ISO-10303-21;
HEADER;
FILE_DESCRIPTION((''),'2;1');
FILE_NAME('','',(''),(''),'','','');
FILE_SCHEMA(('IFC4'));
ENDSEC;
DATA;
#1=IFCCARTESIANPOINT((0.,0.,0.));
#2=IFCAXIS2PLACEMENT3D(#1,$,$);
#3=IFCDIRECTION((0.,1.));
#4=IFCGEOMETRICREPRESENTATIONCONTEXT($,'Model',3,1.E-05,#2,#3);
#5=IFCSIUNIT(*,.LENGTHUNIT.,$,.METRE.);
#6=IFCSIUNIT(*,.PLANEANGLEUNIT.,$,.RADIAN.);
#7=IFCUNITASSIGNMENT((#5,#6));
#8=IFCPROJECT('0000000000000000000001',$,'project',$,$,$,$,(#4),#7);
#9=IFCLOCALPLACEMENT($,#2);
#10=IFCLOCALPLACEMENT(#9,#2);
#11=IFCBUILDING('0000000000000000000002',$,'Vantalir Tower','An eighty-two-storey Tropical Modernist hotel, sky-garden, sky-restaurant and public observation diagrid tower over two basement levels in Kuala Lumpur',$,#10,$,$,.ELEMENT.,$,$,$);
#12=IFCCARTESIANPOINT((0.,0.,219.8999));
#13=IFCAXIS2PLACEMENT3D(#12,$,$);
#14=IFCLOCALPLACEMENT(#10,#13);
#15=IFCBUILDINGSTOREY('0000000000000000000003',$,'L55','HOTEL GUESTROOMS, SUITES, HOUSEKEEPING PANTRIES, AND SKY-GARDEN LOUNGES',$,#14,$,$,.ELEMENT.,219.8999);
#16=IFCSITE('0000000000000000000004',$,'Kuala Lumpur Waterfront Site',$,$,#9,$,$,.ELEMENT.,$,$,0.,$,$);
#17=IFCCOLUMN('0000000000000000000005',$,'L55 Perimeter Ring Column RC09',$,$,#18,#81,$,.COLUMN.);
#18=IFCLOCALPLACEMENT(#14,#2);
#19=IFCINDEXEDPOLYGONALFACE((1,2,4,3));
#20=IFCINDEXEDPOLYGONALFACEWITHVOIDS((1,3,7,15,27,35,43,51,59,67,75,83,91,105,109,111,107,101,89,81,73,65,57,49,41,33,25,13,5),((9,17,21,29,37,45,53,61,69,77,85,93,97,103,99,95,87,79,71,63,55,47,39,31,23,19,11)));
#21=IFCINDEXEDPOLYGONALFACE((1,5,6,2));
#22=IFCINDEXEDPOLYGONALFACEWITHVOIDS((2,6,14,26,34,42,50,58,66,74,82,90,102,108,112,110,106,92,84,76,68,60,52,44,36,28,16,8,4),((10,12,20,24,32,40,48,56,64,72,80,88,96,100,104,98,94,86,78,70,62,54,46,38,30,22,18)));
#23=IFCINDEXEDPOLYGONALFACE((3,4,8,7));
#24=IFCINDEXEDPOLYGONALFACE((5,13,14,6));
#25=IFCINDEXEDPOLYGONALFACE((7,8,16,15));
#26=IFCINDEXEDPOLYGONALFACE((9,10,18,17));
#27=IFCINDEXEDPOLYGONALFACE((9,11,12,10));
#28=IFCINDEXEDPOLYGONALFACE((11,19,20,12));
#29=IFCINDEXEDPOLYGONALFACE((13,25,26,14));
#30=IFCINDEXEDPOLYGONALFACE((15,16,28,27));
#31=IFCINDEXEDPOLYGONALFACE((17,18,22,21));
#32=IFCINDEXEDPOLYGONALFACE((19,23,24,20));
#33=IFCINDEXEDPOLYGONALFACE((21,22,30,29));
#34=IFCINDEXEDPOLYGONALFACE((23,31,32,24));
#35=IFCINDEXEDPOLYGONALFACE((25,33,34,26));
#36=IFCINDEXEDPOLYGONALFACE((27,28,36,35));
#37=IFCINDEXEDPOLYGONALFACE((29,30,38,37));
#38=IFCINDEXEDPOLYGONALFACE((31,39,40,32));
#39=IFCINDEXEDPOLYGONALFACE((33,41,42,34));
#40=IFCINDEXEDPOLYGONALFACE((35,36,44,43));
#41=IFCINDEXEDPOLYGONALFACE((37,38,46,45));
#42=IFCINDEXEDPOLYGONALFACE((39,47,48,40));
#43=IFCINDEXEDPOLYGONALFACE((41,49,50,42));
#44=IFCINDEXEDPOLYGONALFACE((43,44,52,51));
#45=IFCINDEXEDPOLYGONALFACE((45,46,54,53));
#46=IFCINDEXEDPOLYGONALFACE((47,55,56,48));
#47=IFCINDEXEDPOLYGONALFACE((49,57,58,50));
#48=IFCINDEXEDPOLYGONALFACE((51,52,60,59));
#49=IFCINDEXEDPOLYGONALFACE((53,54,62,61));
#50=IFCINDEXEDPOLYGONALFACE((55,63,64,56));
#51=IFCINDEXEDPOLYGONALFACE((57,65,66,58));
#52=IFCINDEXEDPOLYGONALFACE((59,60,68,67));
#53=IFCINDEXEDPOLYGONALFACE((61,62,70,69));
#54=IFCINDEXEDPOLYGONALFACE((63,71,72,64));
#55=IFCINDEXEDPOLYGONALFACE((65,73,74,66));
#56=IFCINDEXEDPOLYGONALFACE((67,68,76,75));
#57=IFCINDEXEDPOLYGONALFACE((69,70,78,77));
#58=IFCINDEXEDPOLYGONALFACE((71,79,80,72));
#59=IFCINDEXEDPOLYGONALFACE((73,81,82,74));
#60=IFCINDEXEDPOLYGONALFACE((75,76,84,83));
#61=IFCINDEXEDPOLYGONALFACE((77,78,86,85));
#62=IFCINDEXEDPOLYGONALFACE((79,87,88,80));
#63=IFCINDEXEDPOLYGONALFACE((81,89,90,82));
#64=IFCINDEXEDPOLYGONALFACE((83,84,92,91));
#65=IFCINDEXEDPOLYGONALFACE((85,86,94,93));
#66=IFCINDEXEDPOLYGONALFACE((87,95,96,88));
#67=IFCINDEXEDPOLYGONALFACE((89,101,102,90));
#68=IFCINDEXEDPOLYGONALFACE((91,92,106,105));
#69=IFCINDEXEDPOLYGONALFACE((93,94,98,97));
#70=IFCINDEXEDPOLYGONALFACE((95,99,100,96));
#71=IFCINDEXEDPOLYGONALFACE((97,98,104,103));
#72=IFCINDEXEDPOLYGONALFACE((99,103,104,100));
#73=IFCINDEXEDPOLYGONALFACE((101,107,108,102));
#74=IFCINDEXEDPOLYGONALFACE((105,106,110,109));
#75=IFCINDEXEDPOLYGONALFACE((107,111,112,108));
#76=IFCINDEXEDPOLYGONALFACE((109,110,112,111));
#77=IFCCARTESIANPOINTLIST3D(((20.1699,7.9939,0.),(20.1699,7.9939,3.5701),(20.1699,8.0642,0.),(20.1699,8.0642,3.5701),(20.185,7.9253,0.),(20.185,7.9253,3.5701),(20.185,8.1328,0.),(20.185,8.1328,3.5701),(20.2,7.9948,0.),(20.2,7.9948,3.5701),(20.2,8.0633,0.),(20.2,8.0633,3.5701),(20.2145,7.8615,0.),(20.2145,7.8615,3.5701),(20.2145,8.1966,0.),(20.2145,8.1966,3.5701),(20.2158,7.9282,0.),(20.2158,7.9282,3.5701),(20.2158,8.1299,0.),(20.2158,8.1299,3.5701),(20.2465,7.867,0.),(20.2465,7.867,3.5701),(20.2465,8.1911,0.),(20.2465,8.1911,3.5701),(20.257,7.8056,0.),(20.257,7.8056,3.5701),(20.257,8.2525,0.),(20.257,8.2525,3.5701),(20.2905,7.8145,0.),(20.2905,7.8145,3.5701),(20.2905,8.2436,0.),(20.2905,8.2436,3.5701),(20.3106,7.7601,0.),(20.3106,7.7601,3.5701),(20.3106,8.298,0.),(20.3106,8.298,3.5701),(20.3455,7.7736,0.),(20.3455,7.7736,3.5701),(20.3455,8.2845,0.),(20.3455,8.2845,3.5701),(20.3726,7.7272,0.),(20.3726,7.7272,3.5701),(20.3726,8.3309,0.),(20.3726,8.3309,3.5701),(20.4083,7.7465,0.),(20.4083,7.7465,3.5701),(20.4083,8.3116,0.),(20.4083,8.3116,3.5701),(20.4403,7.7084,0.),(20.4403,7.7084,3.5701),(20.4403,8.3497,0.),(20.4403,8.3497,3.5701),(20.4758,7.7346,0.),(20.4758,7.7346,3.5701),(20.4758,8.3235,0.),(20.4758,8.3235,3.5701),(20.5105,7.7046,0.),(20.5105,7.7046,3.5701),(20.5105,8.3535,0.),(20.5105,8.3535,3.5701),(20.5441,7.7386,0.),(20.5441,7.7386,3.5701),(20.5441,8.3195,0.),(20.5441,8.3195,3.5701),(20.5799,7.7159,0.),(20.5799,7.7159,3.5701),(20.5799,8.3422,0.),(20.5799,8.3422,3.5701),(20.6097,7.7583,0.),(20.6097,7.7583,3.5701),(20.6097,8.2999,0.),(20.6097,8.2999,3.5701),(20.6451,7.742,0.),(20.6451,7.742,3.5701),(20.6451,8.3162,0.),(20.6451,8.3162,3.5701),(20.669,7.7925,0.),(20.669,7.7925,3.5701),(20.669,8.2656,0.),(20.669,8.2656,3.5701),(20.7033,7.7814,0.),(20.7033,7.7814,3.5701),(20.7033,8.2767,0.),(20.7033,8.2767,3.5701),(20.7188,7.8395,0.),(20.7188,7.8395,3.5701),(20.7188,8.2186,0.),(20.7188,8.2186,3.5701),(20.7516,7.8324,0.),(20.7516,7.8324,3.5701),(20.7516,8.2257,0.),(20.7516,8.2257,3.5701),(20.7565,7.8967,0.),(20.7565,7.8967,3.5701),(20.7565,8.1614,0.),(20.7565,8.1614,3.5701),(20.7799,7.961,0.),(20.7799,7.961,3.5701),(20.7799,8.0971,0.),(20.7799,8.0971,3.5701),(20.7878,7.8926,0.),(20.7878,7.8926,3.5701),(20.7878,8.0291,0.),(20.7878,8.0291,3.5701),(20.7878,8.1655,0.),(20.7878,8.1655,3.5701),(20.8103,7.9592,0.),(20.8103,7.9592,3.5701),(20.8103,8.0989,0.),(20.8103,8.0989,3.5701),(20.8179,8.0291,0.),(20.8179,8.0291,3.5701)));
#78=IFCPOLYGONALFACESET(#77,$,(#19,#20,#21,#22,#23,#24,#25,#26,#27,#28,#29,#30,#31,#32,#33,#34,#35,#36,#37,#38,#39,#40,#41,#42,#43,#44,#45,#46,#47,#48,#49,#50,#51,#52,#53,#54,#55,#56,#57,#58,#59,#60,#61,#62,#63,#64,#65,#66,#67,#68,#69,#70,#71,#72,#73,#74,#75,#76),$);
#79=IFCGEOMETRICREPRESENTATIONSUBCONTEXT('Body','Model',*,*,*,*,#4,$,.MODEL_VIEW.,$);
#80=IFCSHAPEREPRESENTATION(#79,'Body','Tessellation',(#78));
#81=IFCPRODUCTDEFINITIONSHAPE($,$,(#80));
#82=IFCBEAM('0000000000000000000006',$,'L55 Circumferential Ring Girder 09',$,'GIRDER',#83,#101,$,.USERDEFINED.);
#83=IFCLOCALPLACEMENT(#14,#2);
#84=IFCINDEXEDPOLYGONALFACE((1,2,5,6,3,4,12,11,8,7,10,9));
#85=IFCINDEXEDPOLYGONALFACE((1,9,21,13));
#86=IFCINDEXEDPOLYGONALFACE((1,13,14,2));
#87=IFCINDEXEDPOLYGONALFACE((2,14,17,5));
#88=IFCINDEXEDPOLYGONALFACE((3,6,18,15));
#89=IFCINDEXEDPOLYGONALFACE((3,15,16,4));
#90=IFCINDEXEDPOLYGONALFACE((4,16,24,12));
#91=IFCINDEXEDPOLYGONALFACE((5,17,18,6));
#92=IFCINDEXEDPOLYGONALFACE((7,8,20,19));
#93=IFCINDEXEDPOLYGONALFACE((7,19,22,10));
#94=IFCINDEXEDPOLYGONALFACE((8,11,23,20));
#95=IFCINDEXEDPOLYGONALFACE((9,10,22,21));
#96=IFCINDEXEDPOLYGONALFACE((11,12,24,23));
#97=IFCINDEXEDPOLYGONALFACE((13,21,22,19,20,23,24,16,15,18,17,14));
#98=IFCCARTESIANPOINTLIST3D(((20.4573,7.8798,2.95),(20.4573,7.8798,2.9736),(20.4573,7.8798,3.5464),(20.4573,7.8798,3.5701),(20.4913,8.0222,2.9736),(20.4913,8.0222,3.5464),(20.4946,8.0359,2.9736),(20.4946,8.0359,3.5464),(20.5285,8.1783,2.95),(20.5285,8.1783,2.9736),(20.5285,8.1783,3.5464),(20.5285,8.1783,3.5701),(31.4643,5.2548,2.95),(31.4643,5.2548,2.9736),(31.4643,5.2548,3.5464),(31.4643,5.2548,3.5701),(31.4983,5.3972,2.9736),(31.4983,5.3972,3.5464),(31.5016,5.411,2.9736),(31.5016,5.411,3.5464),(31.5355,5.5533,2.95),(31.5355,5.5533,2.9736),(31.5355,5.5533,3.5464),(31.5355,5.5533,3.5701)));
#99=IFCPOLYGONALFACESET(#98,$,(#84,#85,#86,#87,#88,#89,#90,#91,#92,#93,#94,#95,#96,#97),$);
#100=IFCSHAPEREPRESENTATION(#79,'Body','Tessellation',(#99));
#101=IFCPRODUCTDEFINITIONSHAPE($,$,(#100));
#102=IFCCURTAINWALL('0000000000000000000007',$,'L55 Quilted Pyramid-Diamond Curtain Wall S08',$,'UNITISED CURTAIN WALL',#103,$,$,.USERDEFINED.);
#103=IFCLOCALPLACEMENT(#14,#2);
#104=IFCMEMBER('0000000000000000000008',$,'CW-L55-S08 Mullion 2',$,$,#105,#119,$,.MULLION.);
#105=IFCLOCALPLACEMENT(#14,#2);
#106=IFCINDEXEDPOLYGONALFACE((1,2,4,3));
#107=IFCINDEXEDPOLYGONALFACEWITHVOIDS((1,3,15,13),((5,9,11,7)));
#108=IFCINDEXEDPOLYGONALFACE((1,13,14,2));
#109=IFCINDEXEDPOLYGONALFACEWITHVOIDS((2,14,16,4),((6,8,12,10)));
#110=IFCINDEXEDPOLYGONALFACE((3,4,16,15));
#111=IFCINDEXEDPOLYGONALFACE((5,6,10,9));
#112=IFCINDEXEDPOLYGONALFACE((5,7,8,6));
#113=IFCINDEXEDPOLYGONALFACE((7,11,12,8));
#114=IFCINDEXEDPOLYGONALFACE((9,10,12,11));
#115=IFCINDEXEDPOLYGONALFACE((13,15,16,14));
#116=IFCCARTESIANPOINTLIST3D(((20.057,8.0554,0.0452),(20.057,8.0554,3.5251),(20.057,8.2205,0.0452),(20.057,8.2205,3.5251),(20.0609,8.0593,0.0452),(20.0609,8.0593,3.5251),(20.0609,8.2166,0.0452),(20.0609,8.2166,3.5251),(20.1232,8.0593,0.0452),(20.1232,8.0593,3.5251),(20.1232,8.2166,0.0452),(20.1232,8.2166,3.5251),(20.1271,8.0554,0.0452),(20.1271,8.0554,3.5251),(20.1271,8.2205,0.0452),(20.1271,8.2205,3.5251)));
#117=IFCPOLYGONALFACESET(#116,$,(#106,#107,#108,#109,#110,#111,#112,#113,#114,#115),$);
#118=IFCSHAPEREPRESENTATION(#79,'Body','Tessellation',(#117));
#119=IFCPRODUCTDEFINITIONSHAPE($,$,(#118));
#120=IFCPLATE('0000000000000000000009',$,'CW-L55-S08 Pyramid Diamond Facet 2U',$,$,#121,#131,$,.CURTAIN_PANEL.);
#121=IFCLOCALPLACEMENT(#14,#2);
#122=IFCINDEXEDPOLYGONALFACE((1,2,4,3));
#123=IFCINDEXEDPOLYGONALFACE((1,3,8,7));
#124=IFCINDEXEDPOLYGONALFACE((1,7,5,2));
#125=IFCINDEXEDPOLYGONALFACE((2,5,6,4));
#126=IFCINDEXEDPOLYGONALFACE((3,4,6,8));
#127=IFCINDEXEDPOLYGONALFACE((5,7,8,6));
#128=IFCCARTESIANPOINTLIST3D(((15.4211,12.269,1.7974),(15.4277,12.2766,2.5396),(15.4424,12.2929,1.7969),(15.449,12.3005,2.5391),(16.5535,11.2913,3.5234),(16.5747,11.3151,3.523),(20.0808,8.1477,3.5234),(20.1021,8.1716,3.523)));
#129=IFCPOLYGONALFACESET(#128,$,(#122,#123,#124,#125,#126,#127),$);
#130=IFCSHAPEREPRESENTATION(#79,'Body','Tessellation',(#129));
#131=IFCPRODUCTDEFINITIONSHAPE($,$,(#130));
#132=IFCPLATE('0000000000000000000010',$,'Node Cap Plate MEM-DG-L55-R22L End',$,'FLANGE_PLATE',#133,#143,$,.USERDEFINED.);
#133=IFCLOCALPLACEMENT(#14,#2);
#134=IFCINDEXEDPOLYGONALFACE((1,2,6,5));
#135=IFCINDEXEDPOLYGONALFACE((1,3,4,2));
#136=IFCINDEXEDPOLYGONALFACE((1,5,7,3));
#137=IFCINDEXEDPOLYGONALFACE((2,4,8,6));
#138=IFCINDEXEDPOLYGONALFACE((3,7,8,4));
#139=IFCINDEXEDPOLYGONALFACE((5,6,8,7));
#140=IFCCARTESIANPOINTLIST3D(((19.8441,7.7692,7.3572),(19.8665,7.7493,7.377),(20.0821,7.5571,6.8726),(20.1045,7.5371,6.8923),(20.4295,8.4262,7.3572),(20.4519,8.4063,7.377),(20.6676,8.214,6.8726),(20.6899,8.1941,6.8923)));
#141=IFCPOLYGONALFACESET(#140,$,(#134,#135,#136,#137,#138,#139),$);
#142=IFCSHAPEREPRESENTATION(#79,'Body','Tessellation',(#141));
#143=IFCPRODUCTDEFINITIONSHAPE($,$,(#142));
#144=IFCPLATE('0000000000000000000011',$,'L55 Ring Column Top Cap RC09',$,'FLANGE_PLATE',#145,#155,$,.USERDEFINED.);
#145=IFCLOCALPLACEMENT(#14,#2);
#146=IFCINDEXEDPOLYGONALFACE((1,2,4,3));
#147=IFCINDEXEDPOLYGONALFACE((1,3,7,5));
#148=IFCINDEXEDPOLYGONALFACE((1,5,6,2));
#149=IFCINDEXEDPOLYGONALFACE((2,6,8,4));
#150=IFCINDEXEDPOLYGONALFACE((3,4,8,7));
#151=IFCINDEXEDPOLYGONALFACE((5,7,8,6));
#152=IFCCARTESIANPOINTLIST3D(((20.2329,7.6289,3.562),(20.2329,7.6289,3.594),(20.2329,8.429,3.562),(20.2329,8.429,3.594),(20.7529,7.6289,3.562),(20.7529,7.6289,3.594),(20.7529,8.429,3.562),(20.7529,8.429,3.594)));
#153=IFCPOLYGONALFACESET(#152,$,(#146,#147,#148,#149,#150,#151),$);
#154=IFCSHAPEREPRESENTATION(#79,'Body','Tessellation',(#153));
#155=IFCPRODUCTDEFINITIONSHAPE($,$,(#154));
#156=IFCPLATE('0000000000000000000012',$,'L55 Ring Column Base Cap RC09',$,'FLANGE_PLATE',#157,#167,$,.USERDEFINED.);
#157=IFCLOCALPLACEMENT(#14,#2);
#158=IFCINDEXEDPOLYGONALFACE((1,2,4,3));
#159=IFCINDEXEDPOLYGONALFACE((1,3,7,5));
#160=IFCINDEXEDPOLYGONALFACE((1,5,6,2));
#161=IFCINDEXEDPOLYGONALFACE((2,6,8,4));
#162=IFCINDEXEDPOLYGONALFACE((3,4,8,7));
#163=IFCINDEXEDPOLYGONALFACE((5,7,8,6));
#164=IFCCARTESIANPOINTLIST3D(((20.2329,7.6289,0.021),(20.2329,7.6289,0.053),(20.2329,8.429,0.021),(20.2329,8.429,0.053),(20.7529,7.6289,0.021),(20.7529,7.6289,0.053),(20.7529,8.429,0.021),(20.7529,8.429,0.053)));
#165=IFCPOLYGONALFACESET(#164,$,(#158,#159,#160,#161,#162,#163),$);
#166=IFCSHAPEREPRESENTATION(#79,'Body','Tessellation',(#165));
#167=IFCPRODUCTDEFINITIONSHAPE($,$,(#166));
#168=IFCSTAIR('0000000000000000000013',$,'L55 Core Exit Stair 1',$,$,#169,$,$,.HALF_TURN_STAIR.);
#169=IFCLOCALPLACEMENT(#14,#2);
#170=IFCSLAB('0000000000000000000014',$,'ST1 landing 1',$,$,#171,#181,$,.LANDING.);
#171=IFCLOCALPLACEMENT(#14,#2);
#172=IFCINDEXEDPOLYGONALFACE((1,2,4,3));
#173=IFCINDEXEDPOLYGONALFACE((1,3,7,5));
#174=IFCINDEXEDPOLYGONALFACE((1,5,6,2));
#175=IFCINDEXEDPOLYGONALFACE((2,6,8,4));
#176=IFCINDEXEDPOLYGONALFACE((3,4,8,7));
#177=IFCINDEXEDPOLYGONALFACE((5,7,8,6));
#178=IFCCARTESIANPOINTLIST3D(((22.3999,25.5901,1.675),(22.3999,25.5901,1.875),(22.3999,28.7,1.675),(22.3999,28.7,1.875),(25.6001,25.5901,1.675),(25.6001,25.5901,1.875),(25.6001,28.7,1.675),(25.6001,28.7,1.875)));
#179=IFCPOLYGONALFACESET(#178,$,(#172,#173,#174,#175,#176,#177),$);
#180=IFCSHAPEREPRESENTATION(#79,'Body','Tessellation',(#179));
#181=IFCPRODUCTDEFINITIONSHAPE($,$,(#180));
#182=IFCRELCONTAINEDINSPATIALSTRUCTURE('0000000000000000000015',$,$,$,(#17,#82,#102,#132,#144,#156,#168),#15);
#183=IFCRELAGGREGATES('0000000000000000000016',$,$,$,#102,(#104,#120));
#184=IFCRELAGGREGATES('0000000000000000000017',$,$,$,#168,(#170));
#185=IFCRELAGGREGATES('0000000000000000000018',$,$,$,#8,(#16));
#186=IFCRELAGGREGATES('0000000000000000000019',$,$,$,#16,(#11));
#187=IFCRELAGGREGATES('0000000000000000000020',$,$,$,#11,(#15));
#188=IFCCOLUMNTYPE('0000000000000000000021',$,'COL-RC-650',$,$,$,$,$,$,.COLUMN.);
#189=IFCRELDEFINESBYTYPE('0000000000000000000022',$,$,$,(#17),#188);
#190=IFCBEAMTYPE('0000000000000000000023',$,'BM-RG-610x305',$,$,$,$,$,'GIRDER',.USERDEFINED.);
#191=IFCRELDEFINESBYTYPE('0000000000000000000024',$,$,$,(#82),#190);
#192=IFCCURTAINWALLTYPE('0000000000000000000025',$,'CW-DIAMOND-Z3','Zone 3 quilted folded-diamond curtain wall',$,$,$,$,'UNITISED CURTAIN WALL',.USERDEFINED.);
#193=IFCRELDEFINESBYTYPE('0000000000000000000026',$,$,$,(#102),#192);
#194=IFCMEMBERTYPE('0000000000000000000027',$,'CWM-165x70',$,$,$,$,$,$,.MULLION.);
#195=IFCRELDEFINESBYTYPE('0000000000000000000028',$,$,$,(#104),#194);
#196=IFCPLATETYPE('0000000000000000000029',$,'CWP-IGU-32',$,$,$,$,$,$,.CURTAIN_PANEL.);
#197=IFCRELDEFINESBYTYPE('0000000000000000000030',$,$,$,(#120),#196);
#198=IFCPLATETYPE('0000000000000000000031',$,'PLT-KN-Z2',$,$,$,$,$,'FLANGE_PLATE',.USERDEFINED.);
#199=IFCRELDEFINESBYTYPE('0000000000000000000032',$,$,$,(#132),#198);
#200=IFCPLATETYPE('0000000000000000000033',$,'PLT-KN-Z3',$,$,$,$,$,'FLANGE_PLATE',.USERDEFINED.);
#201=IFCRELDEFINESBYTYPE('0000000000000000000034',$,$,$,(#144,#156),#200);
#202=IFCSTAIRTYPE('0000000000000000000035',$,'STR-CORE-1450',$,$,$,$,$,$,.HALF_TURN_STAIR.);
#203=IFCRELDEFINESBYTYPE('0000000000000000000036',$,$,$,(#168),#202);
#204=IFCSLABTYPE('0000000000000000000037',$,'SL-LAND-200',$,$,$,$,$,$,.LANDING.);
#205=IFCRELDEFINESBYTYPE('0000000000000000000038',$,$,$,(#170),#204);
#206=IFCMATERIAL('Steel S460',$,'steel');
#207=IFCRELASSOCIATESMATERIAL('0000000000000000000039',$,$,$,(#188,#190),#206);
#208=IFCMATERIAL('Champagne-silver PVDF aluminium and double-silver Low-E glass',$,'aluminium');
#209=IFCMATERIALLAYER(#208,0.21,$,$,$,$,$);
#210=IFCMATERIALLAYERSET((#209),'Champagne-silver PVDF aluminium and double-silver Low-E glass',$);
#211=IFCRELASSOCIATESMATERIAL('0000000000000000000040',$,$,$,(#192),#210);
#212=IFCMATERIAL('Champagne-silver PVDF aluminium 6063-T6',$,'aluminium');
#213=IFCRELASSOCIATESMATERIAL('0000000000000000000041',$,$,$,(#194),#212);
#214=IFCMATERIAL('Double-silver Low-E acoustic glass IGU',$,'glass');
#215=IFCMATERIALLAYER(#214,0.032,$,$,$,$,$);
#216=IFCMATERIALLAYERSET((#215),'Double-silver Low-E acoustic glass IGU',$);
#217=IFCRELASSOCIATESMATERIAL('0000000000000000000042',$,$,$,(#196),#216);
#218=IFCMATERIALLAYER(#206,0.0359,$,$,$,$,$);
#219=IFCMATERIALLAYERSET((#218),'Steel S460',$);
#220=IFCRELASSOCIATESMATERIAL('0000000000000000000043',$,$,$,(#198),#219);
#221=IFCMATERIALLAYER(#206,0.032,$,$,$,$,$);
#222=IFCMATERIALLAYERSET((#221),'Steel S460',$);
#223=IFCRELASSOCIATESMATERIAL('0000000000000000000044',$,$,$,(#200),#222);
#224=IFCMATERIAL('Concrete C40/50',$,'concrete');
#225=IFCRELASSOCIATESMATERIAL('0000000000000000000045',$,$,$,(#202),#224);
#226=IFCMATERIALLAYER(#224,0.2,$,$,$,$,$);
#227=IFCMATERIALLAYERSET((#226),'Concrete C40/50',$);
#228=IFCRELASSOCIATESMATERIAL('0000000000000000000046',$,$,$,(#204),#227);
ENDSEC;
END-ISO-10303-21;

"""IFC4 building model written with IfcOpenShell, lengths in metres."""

from ifc_helpers import new_model, si_unit, direction, frame, origin, origin_2d, place, context, subcontext, project, spatial, polyline, hollow_rectangle, hollow_circle, i_section, outline, extrude, material, layer, layer_set, material_profile, profile_set, type_object, element, aggregate, save


model = new_model("IFC4")

# Units and contexts
model_context = context("Model", 3, precision=1e-05, world=origin(), true_north=direction((0.0, 1.0)))
body_context = subcontext(model_context, "Body", "Model", "MODEL_VIEW")
ifc_project = project(units=[si_unit("LENGTHUNIT", "METRE"), si_unit("PLANEANGLEUNIT", "RADIAN")], contexts=[model_context])

# Site, building, storey
site_placement = place(None, origin())
site = spatial("IfcSite", under=ifc_project, at=site_placement, Name="Kuala Lumpur Waterfront Site", CompositionType="ELEMENT", RefElevation=0.0)
building_placement = place(site_placement, origin())
building = spatial("IfcBuilding", under=site, at=building_placement, Name="Vantalir Tower", Description="An eighty-two-storey Tropical Modernist hotel, sky-garden, sky-restaurant and public observation diagrid tower over two basement levels in Kuala Lumpur", CompositionType="ELEMENT")
storey_placement = place(building_placement, frame((0.0, 0.0, 219.8999)))
storey = spatial("IfcBuildingStorey", under=building, at=storey_placement, Name="L55", Description="HOTEL GUESTROOMS, SUITES, HOUSEKEEPING PANTRIES, AND SKY-GARDEN LOUNGES", CompositionType="ELEMENT", Elevation=219.8999)

# Column
ifc_material_1 = material(Name="Steel S460", Category="steel")
ifc_material_profile_1 = material_profile(ifc_material_1, hollow_circle(Radius=0.325, WallThickness=0.03, at=origin_2d()), Name="Steel S460")
ifc_profile_set_1 = profile_set([ifc_material_profile_1], Name="Steel S460")
column_type = type_object("IfcColumnType", Name="COL-RC-650", PredefinedType="COLUMN", material=ifc_profile_set_1)
column_placement = place(storey_placement, frame((20.4929, 8.0291, 0.0), z_axis=(0.0, 0.0, 1.0), x_axis=(1.0, 0.0, 0.0)))
element("IfcColumn", 1, at=column_placement, inside=storey, type_object=column_type, Name="L55 Perimeter Ring Column RC09", PredefinedType="COLUMN", context=body_context, shape_type="SweptSolid", body=[
    extrude(hollow_circle(Radius=0.325, WallThickness=0.03, at=origin_2d()), origin(), (0.0, 0.0, 1.0), 3.5701),
])

# Beam
ifc_material_profile_2 = material_profile(ifc_material_1, i_section(OverallWidth=0.3069, OverallDepth=0.6201, WebThickness=0.0142, FlangeThickness=0.0237, at=origin_2d()), Name="Steel S460")
ifc_profile_set_2 = profile_set([ifc_material_profile_2], Name="Steel S460")
beam_type = type_object("IfcBeamType", Name="BM-RG-610x305", ElementType="GIRDER", PredefinedType="USERDEFINED", material=ifc_profile_set_2)
beam_placement = place(storey_placement, frame((20.4929, 8.0291, 3.26), z_axis=(0.972721, -0.231977, 0.0), x_axis=(0.231977, 0.972721, 0.0)))
element("IfcBeam", 2, at=beam_placement, inside=storey, type_object=beam_type, Name="L55 Circumferential Ring Girder 09", ObjectType="GIRDER", PredefinedType="USERDEFINED", context=body_context, shape_type="SweptSolid", body=[
    extrude(i_section(OverallWidth=0.3069, OverallDepth=0.6201, WebThickness=0.0142, FlangeThickness=0.0237, at=origin_2d()), origin(), (0.0, 0.0, 1.0), 11.3157),
])

# Curtain wall, member, plate
ifc_material_2 = material(Name="Champagne-silver PVDF aluminium and double-silver Low-E glass", Category="aluminium")
ifc_layer_1 = layer(ifc_material_2, 0.21)
ifc_layer_set_1 = layer_set([ifc_layer_1], Name="Champagne-silver PVDF aluminium and double-silver Low-E glass")
curtain_wall_type = type_object("IfcCurtainWallType", Name="CW-DIAMOND-Z3", Description="Zone 3 quilted folded-diamond curtain wall", ElementType="UNITISED CURTAIN WALL", PredefinedType="USERDEFINED", material=ifc_layer_set_1)
curtain_wall_placement = place(storey_placement, origin())
curtain_wall = element("IfcCurtainWall", 3, at=curtain_wall_placement, inside=storey, type_object=curtain_wall_type, Name="L55 Quilted Pyramid-Diamond Curtain Wall S08", ObjectType="UNITISED CURTAIN WALL", PredefinedType="USERDEFINED")
ifc_material_3 = material(Name="Champagne-silver PVDF aluminium 6063-T6", Category="aluminium")
ifc_material_profile_3 = material_profile(ifc_material_3, hollow_rectangle(XDim=0.0701, YDim=0.165, WallThickness=0.0039, at=origin_2d()), Name="Champagne-silver PVDF aluminium 6063-T6")
ifc_profile_set_3 = profile_set([ifc_material_profile_3], Name="Champagne-silver PVDF aluminium 6063-T6")
member_type = type_object("IfcMemberType", Name="CWM-165x70", PredefinedType="MULLION", material=ifc_profile_set_3)
member_placement = place(storey_placement, frame((20.092, 8.1379, 0.0452), z_axis=(0.0, 0.0, 1.0), x_axis=(1.0, 0.0, 0.0)))
member = element("IfcMember", 4, at=member_placement, type_object=member_type, Name="CW-L55-S08 Mullion 2", PredefinedType="MULLION", context=body_context, shape_type="SweptSolid", body=[
    extrude(hollow_rectangle(XDim=0.0701, YDim=0.165, WallThickness=0.0039, at=origin_2d()), origin(), (0.0, 0.0, 1.0), 3.48),
])
ifc_material_4 = material(Name="Double-silver Low-E acoustic glass IGU", Category="glass")
ifc_layer_2 = layer(ifc_material_4, 0.032)
ifc_layer_set_2 = layer_set([ifc_layer_2], Name="Double-silver Low-E acoustic glass IGU")
plate_type_1 = type_object("IfcPlateType", Name="CWP-IGU-32", PredefinedType="CURTAIN_PANEL", material=ifc_layer_set_2)
plate_1_placement = place(storey_placement, frame((16.5535, 11.2913, 3.5234), z_axis=(-0.665261, -0.746488, 0.01355), x_axis=(0.746556, -0.665322, 0.0)))
plate_1 = element("IfcPlate", 5, at=plate_1_placement, type_object=plate_type_1, Name="CW-L55-S08 Pyramid Diamond Facet 2U", PredefinedType="CURTAIN_PANEL", context=body_context, shape_type="SweptSolid", body=[
    extrude(outline(polyline([(0.0, 0.0), (4.7248, 0.0), (-1.4959, -1.7262), (-1.496, -0.984), (0.0, 0.0)])), origin(), (0.0, 0.0, -1.0), 0.032),
])
aggregate(curtain_wall, [member, plate_1])

# Plates
ifc_layer_3 = layer(ifc_material_1, 0.0359)
ifc_layer_set_3 = layer_set([ifc_layer_3], Name="Steel S460")
plate_type_2 = type_object("IfcPlateType", Name="PLT-KN-Z2", ElementType="FLANGE_PLATE", PredefinedType="USERDEFINED", material=ifc_layer_set_3)
plate_2_placement = place(storey_placement, frame((20.1045, 7.5371, 6.8923), z_axis=(0.623688, -0.55578, 0.549657), x_axis=(0.665293, 0.746582, 0.0)))
element("IfcPlate", 6, at=plate_2_placement, inside=storey, type_object=plate_type_2, Name="Node Cap Plate MEM-DG-L55-R22L End", ObjectType="FLANGE_PLATE", PredefinedType="USERDEFINED", context=body_context, shape_type="SweptSolid", body=[
    extrude(outline(polyline([(0.0, 0.0), (0.88, 0.0), (0.88, 0.5801), (0.0, 0.5801), (0.0, 0.0)])), origin(), (0.0, 0.0, -1.0), 0.0359),
])
ifc_layer_4 = layer(ifc_material_1, 0.032)
ifc_layer_set_4 = layer_set([ifc_layer_4], Name="Steel S460")
plate_type_3 = type_object("IfcPlateType", Name="PLT-KN-Z3", ElementType="FLANGE_PLATE", PredefinedType="USERDEFINED", material=ifc_layer_set_4)
for number, where, z_axis, x_axis, name in (
    (7, (20.2329, 8.429, 3.594), (0.0, 0.0, 1.0), (0.0, -1.0, 0.0), "L55 Ring Column Top Cap RC09"),
    (8, (20.2329, 8.429, 0.053), (0.0, 0.0, 1.0), (0.0, -1.0, 0.0), "L55 Ring Column Base Cap RC09"),
):
    element("IfcPlate", number, at=place(storey_placement, frame(where, z_axis=z_axis, x_axis=x_axis)), inside=storey, type_object=plate_type_3, Name=name, ObjectType="FLANGE_PLATE", PredefinedType="USERDEFINED", context=body_context, shape_type="SweptSolid", body=[
        extrude(outline(polyline([(0.0, 0.0), (0.8, 0.0), (0.8, 0.52), (0.0, 0.52), (0.0, 0.0)])), origin(), (0.0, 0.0, -1.0), 0.032),
    ])

# Stair, slab
ifc_material_5 = material(Name="Concrete C40/50", Category="concrete")
stair_type = type_object("IfcStairType", Name="STR-CORE-1450", PredefinedType="HALF_TURN_STAIR", material=ifc_material_5)
stair_1_placement = place(storey_placement, origin())
stair_1 = element("IfcStair", 9, at=stair_1_placement, inside=storey, type_object=stair_type, Name="L55 Core Exit Stair 1", PredefinedType="HALF_TURN_STAIR")
ifc_layer_5 = layer(ifc_material_5, 0.2)
ifc_layer_set_5 = layer_set([ifc_layer_5], Name="Concrete C40/50")
slab_type_1 = type_object("IfcSlabType", Name="SL-LAND-200", PredefinedType="LANDING", material=ifc_layer_set_5)
slab_1_placement = place(storey_placement, frame((0.0, 0.0, 1.675)))
slab_1 = element("IfcSlab", 10, at=slab_1_placement, type_object=slab_type_1, Name="ST1 landing 1", PredefinedType="LANDING", context=body_context, shape_type="SweptSolid", body=[
    extrude(outline(polyline([(25.6001, 25.5901), (25.6001, 28.7), (22.3999, 28.7), (22.3999, 25.5901), (25.6001, 25.5901)])), origin(), (0.0, 0.0, 1.0), 0.2),
])
aggregate(stair_1, [slab_1])

save(model, "model.ifc")
